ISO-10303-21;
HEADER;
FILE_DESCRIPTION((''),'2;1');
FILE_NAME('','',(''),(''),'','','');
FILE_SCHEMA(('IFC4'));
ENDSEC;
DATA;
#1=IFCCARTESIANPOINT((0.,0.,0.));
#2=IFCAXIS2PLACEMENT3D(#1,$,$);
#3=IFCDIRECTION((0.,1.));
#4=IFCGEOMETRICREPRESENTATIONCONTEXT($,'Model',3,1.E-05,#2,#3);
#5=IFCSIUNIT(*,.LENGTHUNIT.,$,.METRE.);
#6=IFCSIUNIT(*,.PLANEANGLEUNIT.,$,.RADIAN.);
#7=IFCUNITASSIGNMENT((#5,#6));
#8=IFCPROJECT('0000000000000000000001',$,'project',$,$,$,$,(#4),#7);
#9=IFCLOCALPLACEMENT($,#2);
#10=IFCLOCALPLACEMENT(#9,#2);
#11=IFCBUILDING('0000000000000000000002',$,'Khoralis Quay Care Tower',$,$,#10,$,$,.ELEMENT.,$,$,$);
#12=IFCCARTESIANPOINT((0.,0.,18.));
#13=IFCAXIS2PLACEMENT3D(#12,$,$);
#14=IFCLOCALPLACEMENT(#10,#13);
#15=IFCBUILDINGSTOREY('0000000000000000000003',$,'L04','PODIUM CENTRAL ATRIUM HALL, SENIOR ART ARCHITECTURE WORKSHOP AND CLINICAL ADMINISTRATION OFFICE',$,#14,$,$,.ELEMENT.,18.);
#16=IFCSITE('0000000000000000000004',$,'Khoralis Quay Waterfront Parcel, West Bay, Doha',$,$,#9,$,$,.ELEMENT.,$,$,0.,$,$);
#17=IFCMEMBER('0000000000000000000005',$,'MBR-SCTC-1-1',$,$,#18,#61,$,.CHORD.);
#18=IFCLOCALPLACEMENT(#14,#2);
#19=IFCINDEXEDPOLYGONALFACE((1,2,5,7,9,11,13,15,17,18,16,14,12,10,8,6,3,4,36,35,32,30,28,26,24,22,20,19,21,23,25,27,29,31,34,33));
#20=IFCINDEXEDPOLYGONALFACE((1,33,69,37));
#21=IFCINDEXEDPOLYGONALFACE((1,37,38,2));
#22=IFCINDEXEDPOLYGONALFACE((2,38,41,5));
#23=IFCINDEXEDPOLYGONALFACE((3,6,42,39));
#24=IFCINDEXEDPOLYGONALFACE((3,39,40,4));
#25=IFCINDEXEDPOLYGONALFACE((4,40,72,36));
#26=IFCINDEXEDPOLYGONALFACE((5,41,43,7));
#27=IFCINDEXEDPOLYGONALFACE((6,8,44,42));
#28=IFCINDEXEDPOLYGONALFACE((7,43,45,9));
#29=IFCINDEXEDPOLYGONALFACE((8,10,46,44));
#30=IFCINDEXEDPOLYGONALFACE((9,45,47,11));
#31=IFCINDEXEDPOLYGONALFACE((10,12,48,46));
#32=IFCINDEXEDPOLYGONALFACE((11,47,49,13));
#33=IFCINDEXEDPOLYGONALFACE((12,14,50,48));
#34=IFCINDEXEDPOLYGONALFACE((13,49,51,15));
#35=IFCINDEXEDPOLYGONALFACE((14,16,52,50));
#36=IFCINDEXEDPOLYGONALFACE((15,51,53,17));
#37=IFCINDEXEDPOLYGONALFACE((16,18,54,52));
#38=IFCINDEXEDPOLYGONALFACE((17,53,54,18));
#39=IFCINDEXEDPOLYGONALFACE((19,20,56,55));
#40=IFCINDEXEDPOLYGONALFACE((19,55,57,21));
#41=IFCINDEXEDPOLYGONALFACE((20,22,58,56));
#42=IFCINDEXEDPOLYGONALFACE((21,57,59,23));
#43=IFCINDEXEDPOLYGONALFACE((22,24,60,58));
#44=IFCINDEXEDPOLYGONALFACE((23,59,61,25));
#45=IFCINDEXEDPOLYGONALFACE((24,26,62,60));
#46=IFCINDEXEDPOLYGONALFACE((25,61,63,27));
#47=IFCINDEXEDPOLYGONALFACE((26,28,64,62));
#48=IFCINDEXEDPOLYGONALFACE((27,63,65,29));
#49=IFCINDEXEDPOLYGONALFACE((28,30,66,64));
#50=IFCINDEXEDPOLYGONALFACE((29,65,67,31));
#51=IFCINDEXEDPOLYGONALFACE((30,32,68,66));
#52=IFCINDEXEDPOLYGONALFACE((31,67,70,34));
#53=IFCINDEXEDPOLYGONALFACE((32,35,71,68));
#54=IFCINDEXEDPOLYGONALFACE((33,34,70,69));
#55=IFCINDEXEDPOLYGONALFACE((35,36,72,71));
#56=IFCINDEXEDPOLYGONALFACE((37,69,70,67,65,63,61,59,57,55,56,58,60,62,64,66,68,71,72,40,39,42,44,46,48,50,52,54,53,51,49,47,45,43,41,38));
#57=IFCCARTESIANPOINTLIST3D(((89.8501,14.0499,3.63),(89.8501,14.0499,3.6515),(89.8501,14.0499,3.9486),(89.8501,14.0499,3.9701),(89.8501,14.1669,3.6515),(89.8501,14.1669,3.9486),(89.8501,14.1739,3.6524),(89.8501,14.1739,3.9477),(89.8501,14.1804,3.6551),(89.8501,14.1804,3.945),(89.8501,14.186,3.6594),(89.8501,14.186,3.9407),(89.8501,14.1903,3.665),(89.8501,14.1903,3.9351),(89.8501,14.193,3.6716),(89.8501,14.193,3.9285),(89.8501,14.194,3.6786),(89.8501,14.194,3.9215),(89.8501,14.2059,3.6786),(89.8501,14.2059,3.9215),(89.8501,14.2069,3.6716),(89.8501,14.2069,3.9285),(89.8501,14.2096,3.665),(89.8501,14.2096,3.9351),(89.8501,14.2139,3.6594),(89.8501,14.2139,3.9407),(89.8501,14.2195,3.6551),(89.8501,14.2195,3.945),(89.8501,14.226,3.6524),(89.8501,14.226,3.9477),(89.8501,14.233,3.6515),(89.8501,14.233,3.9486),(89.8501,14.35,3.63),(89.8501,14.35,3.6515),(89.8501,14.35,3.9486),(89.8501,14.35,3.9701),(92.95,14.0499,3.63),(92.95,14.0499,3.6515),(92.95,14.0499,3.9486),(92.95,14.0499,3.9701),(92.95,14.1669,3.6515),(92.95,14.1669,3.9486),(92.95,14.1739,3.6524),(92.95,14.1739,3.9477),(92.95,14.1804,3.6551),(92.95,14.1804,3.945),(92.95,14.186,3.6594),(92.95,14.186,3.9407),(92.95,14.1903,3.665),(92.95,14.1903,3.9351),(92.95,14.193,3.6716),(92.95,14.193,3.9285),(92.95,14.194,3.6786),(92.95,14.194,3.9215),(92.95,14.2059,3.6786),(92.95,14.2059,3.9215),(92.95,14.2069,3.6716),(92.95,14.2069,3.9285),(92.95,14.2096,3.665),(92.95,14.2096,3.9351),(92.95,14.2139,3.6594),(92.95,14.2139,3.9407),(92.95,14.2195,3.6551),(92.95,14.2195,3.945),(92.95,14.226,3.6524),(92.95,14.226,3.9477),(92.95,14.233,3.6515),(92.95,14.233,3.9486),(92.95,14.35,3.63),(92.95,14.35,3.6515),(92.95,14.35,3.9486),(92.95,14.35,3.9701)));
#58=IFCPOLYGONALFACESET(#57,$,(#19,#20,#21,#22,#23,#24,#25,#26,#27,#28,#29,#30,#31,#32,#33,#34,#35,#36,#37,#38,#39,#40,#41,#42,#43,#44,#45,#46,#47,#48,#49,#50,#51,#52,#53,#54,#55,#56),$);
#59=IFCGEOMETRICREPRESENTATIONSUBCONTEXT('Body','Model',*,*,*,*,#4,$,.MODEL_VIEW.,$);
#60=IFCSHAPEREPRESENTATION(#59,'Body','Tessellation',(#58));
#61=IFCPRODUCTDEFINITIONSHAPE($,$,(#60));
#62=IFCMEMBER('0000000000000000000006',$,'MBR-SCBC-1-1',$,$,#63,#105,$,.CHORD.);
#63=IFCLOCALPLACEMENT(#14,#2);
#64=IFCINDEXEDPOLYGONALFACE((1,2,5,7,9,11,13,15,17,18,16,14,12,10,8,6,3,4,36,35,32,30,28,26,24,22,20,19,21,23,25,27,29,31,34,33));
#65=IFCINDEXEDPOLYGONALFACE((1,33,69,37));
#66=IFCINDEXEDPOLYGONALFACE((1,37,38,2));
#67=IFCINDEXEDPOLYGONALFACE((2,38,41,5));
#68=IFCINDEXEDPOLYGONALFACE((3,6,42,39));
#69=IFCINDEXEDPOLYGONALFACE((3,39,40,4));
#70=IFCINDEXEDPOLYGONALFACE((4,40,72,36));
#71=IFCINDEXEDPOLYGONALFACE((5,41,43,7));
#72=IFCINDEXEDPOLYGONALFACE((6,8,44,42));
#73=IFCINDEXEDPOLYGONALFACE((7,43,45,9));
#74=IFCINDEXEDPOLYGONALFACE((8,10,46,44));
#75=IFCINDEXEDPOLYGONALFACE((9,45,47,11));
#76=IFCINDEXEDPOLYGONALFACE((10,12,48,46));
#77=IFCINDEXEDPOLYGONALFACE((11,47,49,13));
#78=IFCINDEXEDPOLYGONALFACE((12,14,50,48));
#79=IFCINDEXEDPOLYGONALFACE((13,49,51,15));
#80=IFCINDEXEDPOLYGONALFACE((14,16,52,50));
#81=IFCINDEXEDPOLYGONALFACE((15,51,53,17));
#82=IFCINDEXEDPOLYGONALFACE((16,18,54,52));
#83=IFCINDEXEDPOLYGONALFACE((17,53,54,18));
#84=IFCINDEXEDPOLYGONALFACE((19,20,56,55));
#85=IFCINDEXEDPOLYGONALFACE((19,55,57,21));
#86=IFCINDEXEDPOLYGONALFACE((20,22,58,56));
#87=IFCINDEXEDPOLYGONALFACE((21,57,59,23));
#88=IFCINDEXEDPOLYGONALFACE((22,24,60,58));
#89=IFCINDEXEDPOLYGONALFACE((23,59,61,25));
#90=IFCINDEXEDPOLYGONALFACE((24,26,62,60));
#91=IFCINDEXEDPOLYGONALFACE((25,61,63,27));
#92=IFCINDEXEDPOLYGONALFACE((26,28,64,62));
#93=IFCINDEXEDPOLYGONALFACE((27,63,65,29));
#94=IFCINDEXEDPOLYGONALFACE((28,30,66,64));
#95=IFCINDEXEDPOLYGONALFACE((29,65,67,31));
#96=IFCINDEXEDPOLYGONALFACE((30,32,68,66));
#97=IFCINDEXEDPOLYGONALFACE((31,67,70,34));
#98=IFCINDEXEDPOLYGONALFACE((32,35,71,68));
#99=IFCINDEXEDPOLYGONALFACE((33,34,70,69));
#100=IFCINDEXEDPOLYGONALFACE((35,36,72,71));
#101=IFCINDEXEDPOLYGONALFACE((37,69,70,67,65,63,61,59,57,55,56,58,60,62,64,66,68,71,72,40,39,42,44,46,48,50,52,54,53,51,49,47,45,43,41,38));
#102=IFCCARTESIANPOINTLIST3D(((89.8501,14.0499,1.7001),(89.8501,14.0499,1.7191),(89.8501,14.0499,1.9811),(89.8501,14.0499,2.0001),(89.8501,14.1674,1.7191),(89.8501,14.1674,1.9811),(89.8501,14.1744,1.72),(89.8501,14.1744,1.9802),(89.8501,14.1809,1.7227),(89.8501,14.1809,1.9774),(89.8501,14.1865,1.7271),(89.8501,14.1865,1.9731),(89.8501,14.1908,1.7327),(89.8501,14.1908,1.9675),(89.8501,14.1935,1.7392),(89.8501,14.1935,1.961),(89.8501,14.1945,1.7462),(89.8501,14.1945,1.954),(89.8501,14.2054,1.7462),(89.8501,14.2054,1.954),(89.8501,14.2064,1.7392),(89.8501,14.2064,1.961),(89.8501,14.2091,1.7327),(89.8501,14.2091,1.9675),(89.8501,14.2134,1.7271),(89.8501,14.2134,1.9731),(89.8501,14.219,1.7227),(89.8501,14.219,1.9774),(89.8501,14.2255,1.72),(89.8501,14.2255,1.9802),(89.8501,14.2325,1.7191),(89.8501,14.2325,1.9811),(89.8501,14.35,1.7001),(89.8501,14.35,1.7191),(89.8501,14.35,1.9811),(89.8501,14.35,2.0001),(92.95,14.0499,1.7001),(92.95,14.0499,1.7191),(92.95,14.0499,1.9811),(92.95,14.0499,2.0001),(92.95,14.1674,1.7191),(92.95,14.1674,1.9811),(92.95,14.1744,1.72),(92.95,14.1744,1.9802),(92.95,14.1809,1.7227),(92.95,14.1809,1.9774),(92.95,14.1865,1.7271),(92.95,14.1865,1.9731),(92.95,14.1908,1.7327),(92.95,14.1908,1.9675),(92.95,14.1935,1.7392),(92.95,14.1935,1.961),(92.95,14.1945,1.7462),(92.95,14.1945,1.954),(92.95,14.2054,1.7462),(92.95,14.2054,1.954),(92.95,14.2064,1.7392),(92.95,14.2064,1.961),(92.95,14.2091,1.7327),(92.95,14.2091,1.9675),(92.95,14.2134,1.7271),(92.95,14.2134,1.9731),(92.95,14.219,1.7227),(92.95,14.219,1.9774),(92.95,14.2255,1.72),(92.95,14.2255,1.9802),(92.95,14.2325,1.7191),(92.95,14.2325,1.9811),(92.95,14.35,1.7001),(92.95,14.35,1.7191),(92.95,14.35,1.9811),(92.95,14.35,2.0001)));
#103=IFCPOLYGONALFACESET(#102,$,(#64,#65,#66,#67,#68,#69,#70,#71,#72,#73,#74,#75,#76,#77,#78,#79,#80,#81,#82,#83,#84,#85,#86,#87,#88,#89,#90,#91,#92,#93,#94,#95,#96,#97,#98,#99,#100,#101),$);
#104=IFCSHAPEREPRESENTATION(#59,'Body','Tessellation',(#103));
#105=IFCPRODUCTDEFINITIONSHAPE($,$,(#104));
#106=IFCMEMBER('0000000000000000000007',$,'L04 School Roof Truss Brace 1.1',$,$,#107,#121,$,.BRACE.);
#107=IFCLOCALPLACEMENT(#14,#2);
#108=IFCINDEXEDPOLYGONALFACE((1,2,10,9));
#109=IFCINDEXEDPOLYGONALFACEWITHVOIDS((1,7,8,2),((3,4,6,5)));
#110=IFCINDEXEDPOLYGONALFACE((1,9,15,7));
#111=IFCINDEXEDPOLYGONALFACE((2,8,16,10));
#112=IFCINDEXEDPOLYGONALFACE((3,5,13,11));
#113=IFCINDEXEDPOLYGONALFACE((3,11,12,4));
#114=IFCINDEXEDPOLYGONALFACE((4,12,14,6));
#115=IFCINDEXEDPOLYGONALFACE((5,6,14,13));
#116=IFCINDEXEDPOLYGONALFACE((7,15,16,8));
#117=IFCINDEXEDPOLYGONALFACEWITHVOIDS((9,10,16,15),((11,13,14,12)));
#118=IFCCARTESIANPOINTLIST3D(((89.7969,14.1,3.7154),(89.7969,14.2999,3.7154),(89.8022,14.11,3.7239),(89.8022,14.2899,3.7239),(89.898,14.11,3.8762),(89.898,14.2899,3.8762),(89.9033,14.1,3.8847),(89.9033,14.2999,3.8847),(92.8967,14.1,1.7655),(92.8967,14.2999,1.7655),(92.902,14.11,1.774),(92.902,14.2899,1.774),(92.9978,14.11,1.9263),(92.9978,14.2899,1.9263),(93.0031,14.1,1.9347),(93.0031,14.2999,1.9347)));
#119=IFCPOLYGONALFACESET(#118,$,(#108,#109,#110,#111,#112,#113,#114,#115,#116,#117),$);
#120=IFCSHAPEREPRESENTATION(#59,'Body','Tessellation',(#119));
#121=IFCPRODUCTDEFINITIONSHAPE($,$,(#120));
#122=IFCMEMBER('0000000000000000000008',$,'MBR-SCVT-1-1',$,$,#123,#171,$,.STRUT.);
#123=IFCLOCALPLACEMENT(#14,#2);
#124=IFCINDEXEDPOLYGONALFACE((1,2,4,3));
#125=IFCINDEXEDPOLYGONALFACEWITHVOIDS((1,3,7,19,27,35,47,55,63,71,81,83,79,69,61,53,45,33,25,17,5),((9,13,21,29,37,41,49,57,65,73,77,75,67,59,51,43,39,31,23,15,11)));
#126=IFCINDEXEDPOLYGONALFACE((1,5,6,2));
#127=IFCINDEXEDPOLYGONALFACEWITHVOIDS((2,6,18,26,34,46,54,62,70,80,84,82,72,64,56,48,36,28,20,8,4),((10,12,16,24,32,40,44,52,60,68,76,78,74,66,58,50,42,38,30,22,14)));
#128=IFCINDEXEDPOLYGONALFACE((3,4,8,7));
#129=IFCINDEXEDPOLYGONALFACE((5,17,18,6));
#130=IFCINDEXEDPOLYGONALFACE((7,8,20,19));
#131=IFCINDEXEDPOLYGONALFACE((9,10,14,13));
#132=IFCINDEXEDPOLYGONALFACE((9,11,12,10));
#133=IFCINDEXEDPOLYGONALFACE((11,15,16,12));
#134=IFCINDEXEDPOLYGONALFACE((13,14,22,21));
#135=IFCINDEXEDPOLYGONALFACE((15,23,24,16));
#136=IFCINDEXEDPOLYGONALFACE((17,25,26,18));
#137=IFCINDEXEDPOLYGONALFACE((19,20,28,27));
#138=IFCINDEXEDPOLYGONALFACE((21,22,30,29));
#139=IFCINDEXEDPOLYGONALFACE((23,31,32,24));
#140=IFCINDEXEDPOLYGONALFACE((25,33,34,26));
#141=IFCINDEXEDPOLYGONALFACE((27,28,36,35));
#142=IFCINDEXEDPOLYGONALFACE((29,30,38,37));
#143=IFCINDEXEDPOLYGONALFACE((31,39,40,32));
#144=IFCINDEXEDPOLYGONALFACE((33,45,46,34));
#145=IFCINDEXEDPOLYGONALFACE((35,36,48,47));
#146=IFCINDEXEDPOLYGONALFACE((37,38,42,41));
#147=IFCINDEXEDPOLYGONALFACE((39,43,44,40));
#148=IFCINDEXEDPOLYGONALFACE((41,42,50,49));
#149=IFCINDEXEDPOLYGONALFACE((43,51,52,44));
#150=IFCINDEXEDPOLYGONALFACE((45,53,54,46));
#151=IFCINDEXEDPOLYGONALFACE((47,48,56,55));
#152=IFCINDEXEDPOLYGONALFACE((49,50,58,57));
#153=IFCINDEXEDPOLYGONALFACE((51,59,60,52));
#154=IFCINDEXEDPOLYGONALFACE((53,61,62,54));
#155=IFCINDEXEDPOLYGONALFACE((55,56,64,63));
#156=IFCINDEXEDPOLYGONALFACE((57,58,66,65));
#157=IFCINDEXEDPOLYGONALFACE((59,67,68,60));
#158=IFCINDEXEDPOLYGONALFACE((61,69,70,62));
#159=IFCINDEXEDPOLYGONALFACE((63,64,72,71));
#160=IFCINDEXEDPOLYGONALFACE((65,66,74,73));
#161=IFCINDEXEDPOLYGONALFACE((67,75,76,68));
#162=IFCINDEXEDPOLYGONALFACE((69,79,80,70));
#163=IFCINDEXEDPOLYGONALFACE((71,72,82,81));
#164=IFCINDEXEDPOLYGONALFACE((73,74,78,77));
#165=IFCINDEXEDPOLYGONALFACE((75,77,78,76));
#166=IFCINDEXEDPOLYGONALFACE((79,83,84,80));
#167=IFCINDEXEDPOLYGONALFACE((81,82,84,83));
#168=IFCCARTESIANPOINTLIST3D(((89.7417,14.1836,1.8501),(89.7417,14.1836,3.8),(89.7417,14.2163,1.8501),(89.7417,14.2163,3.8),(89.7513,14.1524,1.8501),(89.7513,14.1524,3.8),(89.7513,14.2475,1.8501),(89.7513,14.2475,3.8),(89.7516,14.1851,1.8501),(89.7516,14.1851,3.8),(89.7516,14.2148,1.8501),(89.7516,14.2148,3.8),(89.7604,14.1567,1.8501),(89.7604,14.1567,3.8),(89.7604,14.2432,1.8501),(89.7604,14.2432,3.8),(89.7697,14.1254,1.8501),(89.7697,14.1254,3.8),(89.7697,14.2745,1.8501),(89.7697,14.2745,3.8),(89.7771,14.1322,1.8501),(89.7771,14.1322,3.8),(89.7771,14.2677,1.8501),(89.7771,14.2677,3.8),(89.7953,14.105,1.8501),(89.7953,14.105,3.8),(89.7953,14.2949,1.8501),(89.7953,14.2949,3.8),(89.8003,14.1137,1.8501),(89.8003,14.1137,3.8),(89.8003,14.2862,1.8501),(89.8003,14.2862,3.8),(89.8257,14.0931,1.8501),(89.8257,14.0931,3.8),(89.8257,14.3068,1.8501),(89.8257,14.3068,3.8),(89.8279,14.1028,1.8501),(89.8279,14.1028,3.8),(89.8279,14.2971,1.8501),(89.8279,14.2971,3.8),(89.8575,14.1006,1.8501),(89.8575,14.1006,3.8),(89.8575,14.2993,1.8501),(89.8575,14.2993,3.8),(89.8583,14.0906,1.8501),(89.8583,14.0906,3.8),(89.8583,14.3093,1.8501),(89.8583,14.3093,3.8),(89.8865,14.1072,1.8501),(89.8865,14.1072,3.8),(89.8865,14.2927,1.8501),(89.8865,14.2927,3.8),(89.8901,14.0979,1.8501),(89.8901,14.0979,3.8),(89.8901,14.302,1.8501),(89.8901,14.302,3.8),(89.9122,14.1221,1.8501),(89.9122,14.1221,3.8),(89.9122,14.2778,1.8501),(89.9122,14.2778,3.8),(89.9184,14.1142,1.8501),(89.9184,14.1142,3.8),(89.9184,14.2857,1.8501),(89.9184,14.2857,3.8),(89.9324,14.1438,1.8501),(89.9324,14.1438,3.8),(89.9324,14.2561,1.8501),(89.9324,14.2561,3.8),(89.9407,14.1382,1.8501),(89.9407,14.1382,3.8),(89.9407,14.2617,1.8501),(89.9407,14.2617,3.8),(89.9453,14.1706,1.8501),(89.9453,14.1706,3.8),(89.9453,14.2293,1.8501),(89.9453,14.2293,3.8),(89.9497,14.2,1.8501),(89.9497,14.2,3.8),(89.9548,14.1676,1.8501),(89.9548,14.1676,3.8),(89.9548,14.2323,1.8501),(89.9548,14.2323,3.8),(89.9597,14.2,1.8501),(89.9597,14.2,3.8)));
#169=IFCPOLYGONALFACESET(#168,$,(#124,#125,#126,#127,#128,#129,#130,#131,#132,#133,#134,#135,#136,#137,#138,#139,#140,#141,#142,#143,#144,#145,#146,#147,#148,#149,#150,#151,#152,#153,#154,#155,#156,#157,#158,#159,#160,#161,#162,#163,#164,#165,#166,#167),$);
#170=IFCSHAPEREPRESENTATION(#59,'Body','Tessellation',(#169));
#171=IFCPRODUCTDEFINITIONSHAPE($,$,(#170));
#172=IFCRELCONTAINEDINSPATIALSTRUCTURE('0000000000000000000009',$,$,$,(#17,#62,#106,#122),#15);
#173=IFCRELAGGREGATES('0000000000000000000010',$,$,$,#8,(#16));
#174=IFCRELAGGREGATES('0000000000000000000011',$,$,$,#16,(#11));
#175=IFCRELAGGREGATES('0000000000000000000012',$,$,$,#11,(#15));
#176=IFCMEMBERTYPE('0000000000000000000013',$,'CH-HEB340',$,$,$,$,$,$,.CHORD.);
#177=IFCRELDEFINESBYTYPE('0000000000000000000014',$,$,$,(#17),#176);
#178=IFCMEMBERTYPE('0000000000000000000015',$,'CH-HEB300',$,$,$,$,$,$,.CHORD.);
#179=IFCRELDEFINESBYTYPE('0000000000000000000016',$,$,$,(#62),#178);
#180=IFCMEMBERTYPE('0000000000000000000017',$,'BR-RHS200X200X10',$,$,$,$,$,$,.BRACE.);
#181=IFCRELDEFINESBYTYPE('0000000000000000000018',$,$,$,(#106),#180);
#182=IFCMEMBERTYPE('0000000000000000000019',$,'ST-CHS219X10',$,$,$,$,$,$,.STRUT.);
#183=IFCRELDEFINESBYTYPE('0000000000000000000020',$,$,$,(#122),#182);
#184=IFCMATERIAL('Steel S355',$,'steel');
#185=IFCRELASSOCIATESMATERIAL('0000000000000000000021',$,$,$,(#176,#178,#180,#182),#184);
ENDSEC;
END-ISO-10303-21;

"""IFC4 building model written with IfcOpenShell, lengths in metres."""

from ifc_helpers import new_model, si_unit, direction, frame, origin, origin_2d, place, context, subcontext, project, spatial, hollow_rectangle, hollow_circle, i_section, extrude, source, transform, mapped, material, material_profile, profile_set, type_object, element, save


model = new_model("IFC4")

# Units and contexts
model_context = context("Model", 3, precision=1e-05, world=origin(), true_north=direction((0.0, 1.0)))
body_context = subcontext(model_context, "Body", "Model", "MODEL_VIEW")
ifc_project = project(units=[si_unit("LENGTHUNIT", "METRE"), si_unit("PLANEANGLEUNIT", "RADIAN")], contexts=[model_context])

# Site, building, storey
site_placement = place(None, origin())
site = spatial("IfcSite", under=ifc_project, at=site_placement, Name="Khoralis Quay Waterfront Parcel, West Bay, Doha", CompositionType="ELEMENT", RefElevation=0.0)
building_placement = place(site_placement, origin())
building = spatial("IfcBuilding", under=site, at=building_placement, Name="Khoralis Quay Care Tower", CompositionType="ELEMENT")
storey_placement = place(building_placement, frame((0.0, 0.0, 18.0)))
storey = spatial("IfcBuildingStorey", under=building, at=storey_placement, Name="L04", Description="PODIUM CENTRAL ATRIUM HALL, SENIOR ART ARCHITECTURE WORKSHOP AND CLINICAL ADMINISTRATION OFFICE", CompositionType="ELEMENT", Elevation=18.0)

# Members
ifc_material_1 = material(Name="Steel S355", Category="steel")
ifc_material_profile_1 = material_profile(ifc_material_1, i_section(OverallWidth=0.3, OverallDepth=0.3401, WebThickness=0.012, FlangeThickness=0.0215, FilletRadius=0.0271, at=origin_2d()), Name="Steel S355")
ifc_profile_set_1 = profile_set([ifc_material_profile_1], Name="Steel S355")
member_type_1 = type_object("IfcMemberType", Name="CH-HEB340", PredefinedType="CHORD", material=ifc_profile_set_1)
ifc_material_profile_2 = material_profile(ifc_material_1, i_section(OverallWidth=0.3, OverallDepth=0.3, WebThickness=0.011, FlangeThickness=0.019, FilletRadius=0.0271, at=origin_2d()), Name="Steel S355")
ifc_profile_set_2 = profile_set([ifc_material_profile_2], Name="Steel S355")
member_type_2 = type_object("IfcMemberType", Name="CH-HEB300", PredefinedType="CHORD", material=ifc_profile_set_2)
ifc_material_profile_3 = material_profile(ifc_material_1, hollow_rectangle(XDim=0.2, YDim=0.2, WallThickness=0.01, at=origin_2d()), Name="Steel S355")
ifc_profile_set_3 = profile_set([ifc_material_profile_3], Name="Steel S355")
member_type_3 = type_object("IfcMemberType", Name="BR-RHS200X200X10", PredefinedType="BRACE", material=ifc_profile_set_3)
shared_shape_1 = source(origin(), body_context, "Body", "SweptSolid", [
    extrude(i_section(OverallWidth=0.3, OverallDepth=0.3401, WebThickness=0.012, FlangeThickness=0.0215, FilletRadius=0.0271, at=origin_2d()), origin(), (0.0, 0.0, 1.0), 3.0999),
])
member_1_placement = place(storey_placement, frame((89.8501, 14.2, 3.8), z_axis=(1.0, 0.0, 0.0), x_axis=(0.0, 1.0, 0.0)))
element("IfcMember", 1, at=member_1_placement, inside=storey, type_object=member_type_1, Name="MBR-SCTC-1-1", PredefinedType="CHORD", context=body_context, shape_type="MappedRepresentation", body=[
    mapped(shared_shape_1, transform((0.0, 0.0, 0.0), scale=1.0)),
])
shared_shape_2 = source(origin(), body_context, "Body", "SweptSolid", [
    extrude(i_section(OverallWidth=0.3, OverallDepth=0.3, WebThickness=0.011, FlangeThickness=0.019, FilletRadius=0.0271, at=origin_2d()), origin(), (0.0, 0.0, 1.0), 3.0999),
])
member_2_placement = place(storey_placement, frame((89.8501, 14.2, 1.8501), z_axis=(1.0, 0.0, 0.0), x_axis=(0.0, 1.0, 0.0)))
element("IfcMember", 2, at=member_2_placement, inside=storey, type_object=member_type_2, Name="MBR-SCBC-1-1", PredefinedType="CHORD", context=body_context, shape_type="MappedRepresentation", body=[
    mapped(shared_shape_2, transform((0.0, 0.0, 0.0), scale=1.0)),
])
shared_shape_3 = source(origin(), body_context, "Body", "SweptSolid", [
    extrude(hollow_rectangle(XDim=0.2, YDim=0.2, WallThickness=0.01, at=origin_2d()), origin(), (0.0, 0.0, 1.0), 3.6621),
])
member_3_placement = place(storey_placement, frame((89.8501, 14.2, 3.8), z_axis=(0.846455, 0.0, -0.53246), x_axis=(0.0, 1.0, 0.0)))
element("IfcMember", 3, at=member_3_placement, inside=storey, type_object=member_type_3, Name="L04 School Roof Truss Brace 1.1", PredefinedType="BRACE", context=body_context, shape_type="MappedRepresentation", body=[
    mapped(shared_shape_3, transform((0.0, 0.0, 0.0), scale=1.0)),
])
ifc_material_profile_4 = material_profile(ifc_material_1, hollow_circle(Radius=0.1096, WallThickness=0.01, at=origin_2d()), Name="Steel S355")
ifc_profile_set_4 = profile_set([ifc_material_profile_4], Name="Steel S355")
member_type_4 = type_object("IfcMemberType", Name="ST-CHS219X10", PredefinedType="STRUT", material=ifc_profile_set_4)
shared_shape_4 = source(origin(), body_context, "Body", "SweptSolid", [
    extrude(hollow_circle(Radius=0.1096, WallThickness=0.01, at=origin_2d()), origin(), (0.0, 0.0, 1.0), 1.95),
])
for number, where, z_axis, x_axis, name in (
    (4, (89.8501, 14.2, 1.8501), (0.0, 0.0, 1.0), (1.0, 0.0, 0.0), "MBR-SCVT-1-1"),
):
    element("IfcMember", number, at=place(storey_placement, frame(where, z_axis=z_axis, x_axis=x_axis)), inside=storey, type_object=member_type_4, Name=name, PredefinedType="STRUT", context=body_context, shape_type="MappedRepresentation", body=[
        mapped(shared_shape_4, transform((0.0, 0.0, 0.0), scale=1.0)),
    ])

save(model, "model.ifc")
